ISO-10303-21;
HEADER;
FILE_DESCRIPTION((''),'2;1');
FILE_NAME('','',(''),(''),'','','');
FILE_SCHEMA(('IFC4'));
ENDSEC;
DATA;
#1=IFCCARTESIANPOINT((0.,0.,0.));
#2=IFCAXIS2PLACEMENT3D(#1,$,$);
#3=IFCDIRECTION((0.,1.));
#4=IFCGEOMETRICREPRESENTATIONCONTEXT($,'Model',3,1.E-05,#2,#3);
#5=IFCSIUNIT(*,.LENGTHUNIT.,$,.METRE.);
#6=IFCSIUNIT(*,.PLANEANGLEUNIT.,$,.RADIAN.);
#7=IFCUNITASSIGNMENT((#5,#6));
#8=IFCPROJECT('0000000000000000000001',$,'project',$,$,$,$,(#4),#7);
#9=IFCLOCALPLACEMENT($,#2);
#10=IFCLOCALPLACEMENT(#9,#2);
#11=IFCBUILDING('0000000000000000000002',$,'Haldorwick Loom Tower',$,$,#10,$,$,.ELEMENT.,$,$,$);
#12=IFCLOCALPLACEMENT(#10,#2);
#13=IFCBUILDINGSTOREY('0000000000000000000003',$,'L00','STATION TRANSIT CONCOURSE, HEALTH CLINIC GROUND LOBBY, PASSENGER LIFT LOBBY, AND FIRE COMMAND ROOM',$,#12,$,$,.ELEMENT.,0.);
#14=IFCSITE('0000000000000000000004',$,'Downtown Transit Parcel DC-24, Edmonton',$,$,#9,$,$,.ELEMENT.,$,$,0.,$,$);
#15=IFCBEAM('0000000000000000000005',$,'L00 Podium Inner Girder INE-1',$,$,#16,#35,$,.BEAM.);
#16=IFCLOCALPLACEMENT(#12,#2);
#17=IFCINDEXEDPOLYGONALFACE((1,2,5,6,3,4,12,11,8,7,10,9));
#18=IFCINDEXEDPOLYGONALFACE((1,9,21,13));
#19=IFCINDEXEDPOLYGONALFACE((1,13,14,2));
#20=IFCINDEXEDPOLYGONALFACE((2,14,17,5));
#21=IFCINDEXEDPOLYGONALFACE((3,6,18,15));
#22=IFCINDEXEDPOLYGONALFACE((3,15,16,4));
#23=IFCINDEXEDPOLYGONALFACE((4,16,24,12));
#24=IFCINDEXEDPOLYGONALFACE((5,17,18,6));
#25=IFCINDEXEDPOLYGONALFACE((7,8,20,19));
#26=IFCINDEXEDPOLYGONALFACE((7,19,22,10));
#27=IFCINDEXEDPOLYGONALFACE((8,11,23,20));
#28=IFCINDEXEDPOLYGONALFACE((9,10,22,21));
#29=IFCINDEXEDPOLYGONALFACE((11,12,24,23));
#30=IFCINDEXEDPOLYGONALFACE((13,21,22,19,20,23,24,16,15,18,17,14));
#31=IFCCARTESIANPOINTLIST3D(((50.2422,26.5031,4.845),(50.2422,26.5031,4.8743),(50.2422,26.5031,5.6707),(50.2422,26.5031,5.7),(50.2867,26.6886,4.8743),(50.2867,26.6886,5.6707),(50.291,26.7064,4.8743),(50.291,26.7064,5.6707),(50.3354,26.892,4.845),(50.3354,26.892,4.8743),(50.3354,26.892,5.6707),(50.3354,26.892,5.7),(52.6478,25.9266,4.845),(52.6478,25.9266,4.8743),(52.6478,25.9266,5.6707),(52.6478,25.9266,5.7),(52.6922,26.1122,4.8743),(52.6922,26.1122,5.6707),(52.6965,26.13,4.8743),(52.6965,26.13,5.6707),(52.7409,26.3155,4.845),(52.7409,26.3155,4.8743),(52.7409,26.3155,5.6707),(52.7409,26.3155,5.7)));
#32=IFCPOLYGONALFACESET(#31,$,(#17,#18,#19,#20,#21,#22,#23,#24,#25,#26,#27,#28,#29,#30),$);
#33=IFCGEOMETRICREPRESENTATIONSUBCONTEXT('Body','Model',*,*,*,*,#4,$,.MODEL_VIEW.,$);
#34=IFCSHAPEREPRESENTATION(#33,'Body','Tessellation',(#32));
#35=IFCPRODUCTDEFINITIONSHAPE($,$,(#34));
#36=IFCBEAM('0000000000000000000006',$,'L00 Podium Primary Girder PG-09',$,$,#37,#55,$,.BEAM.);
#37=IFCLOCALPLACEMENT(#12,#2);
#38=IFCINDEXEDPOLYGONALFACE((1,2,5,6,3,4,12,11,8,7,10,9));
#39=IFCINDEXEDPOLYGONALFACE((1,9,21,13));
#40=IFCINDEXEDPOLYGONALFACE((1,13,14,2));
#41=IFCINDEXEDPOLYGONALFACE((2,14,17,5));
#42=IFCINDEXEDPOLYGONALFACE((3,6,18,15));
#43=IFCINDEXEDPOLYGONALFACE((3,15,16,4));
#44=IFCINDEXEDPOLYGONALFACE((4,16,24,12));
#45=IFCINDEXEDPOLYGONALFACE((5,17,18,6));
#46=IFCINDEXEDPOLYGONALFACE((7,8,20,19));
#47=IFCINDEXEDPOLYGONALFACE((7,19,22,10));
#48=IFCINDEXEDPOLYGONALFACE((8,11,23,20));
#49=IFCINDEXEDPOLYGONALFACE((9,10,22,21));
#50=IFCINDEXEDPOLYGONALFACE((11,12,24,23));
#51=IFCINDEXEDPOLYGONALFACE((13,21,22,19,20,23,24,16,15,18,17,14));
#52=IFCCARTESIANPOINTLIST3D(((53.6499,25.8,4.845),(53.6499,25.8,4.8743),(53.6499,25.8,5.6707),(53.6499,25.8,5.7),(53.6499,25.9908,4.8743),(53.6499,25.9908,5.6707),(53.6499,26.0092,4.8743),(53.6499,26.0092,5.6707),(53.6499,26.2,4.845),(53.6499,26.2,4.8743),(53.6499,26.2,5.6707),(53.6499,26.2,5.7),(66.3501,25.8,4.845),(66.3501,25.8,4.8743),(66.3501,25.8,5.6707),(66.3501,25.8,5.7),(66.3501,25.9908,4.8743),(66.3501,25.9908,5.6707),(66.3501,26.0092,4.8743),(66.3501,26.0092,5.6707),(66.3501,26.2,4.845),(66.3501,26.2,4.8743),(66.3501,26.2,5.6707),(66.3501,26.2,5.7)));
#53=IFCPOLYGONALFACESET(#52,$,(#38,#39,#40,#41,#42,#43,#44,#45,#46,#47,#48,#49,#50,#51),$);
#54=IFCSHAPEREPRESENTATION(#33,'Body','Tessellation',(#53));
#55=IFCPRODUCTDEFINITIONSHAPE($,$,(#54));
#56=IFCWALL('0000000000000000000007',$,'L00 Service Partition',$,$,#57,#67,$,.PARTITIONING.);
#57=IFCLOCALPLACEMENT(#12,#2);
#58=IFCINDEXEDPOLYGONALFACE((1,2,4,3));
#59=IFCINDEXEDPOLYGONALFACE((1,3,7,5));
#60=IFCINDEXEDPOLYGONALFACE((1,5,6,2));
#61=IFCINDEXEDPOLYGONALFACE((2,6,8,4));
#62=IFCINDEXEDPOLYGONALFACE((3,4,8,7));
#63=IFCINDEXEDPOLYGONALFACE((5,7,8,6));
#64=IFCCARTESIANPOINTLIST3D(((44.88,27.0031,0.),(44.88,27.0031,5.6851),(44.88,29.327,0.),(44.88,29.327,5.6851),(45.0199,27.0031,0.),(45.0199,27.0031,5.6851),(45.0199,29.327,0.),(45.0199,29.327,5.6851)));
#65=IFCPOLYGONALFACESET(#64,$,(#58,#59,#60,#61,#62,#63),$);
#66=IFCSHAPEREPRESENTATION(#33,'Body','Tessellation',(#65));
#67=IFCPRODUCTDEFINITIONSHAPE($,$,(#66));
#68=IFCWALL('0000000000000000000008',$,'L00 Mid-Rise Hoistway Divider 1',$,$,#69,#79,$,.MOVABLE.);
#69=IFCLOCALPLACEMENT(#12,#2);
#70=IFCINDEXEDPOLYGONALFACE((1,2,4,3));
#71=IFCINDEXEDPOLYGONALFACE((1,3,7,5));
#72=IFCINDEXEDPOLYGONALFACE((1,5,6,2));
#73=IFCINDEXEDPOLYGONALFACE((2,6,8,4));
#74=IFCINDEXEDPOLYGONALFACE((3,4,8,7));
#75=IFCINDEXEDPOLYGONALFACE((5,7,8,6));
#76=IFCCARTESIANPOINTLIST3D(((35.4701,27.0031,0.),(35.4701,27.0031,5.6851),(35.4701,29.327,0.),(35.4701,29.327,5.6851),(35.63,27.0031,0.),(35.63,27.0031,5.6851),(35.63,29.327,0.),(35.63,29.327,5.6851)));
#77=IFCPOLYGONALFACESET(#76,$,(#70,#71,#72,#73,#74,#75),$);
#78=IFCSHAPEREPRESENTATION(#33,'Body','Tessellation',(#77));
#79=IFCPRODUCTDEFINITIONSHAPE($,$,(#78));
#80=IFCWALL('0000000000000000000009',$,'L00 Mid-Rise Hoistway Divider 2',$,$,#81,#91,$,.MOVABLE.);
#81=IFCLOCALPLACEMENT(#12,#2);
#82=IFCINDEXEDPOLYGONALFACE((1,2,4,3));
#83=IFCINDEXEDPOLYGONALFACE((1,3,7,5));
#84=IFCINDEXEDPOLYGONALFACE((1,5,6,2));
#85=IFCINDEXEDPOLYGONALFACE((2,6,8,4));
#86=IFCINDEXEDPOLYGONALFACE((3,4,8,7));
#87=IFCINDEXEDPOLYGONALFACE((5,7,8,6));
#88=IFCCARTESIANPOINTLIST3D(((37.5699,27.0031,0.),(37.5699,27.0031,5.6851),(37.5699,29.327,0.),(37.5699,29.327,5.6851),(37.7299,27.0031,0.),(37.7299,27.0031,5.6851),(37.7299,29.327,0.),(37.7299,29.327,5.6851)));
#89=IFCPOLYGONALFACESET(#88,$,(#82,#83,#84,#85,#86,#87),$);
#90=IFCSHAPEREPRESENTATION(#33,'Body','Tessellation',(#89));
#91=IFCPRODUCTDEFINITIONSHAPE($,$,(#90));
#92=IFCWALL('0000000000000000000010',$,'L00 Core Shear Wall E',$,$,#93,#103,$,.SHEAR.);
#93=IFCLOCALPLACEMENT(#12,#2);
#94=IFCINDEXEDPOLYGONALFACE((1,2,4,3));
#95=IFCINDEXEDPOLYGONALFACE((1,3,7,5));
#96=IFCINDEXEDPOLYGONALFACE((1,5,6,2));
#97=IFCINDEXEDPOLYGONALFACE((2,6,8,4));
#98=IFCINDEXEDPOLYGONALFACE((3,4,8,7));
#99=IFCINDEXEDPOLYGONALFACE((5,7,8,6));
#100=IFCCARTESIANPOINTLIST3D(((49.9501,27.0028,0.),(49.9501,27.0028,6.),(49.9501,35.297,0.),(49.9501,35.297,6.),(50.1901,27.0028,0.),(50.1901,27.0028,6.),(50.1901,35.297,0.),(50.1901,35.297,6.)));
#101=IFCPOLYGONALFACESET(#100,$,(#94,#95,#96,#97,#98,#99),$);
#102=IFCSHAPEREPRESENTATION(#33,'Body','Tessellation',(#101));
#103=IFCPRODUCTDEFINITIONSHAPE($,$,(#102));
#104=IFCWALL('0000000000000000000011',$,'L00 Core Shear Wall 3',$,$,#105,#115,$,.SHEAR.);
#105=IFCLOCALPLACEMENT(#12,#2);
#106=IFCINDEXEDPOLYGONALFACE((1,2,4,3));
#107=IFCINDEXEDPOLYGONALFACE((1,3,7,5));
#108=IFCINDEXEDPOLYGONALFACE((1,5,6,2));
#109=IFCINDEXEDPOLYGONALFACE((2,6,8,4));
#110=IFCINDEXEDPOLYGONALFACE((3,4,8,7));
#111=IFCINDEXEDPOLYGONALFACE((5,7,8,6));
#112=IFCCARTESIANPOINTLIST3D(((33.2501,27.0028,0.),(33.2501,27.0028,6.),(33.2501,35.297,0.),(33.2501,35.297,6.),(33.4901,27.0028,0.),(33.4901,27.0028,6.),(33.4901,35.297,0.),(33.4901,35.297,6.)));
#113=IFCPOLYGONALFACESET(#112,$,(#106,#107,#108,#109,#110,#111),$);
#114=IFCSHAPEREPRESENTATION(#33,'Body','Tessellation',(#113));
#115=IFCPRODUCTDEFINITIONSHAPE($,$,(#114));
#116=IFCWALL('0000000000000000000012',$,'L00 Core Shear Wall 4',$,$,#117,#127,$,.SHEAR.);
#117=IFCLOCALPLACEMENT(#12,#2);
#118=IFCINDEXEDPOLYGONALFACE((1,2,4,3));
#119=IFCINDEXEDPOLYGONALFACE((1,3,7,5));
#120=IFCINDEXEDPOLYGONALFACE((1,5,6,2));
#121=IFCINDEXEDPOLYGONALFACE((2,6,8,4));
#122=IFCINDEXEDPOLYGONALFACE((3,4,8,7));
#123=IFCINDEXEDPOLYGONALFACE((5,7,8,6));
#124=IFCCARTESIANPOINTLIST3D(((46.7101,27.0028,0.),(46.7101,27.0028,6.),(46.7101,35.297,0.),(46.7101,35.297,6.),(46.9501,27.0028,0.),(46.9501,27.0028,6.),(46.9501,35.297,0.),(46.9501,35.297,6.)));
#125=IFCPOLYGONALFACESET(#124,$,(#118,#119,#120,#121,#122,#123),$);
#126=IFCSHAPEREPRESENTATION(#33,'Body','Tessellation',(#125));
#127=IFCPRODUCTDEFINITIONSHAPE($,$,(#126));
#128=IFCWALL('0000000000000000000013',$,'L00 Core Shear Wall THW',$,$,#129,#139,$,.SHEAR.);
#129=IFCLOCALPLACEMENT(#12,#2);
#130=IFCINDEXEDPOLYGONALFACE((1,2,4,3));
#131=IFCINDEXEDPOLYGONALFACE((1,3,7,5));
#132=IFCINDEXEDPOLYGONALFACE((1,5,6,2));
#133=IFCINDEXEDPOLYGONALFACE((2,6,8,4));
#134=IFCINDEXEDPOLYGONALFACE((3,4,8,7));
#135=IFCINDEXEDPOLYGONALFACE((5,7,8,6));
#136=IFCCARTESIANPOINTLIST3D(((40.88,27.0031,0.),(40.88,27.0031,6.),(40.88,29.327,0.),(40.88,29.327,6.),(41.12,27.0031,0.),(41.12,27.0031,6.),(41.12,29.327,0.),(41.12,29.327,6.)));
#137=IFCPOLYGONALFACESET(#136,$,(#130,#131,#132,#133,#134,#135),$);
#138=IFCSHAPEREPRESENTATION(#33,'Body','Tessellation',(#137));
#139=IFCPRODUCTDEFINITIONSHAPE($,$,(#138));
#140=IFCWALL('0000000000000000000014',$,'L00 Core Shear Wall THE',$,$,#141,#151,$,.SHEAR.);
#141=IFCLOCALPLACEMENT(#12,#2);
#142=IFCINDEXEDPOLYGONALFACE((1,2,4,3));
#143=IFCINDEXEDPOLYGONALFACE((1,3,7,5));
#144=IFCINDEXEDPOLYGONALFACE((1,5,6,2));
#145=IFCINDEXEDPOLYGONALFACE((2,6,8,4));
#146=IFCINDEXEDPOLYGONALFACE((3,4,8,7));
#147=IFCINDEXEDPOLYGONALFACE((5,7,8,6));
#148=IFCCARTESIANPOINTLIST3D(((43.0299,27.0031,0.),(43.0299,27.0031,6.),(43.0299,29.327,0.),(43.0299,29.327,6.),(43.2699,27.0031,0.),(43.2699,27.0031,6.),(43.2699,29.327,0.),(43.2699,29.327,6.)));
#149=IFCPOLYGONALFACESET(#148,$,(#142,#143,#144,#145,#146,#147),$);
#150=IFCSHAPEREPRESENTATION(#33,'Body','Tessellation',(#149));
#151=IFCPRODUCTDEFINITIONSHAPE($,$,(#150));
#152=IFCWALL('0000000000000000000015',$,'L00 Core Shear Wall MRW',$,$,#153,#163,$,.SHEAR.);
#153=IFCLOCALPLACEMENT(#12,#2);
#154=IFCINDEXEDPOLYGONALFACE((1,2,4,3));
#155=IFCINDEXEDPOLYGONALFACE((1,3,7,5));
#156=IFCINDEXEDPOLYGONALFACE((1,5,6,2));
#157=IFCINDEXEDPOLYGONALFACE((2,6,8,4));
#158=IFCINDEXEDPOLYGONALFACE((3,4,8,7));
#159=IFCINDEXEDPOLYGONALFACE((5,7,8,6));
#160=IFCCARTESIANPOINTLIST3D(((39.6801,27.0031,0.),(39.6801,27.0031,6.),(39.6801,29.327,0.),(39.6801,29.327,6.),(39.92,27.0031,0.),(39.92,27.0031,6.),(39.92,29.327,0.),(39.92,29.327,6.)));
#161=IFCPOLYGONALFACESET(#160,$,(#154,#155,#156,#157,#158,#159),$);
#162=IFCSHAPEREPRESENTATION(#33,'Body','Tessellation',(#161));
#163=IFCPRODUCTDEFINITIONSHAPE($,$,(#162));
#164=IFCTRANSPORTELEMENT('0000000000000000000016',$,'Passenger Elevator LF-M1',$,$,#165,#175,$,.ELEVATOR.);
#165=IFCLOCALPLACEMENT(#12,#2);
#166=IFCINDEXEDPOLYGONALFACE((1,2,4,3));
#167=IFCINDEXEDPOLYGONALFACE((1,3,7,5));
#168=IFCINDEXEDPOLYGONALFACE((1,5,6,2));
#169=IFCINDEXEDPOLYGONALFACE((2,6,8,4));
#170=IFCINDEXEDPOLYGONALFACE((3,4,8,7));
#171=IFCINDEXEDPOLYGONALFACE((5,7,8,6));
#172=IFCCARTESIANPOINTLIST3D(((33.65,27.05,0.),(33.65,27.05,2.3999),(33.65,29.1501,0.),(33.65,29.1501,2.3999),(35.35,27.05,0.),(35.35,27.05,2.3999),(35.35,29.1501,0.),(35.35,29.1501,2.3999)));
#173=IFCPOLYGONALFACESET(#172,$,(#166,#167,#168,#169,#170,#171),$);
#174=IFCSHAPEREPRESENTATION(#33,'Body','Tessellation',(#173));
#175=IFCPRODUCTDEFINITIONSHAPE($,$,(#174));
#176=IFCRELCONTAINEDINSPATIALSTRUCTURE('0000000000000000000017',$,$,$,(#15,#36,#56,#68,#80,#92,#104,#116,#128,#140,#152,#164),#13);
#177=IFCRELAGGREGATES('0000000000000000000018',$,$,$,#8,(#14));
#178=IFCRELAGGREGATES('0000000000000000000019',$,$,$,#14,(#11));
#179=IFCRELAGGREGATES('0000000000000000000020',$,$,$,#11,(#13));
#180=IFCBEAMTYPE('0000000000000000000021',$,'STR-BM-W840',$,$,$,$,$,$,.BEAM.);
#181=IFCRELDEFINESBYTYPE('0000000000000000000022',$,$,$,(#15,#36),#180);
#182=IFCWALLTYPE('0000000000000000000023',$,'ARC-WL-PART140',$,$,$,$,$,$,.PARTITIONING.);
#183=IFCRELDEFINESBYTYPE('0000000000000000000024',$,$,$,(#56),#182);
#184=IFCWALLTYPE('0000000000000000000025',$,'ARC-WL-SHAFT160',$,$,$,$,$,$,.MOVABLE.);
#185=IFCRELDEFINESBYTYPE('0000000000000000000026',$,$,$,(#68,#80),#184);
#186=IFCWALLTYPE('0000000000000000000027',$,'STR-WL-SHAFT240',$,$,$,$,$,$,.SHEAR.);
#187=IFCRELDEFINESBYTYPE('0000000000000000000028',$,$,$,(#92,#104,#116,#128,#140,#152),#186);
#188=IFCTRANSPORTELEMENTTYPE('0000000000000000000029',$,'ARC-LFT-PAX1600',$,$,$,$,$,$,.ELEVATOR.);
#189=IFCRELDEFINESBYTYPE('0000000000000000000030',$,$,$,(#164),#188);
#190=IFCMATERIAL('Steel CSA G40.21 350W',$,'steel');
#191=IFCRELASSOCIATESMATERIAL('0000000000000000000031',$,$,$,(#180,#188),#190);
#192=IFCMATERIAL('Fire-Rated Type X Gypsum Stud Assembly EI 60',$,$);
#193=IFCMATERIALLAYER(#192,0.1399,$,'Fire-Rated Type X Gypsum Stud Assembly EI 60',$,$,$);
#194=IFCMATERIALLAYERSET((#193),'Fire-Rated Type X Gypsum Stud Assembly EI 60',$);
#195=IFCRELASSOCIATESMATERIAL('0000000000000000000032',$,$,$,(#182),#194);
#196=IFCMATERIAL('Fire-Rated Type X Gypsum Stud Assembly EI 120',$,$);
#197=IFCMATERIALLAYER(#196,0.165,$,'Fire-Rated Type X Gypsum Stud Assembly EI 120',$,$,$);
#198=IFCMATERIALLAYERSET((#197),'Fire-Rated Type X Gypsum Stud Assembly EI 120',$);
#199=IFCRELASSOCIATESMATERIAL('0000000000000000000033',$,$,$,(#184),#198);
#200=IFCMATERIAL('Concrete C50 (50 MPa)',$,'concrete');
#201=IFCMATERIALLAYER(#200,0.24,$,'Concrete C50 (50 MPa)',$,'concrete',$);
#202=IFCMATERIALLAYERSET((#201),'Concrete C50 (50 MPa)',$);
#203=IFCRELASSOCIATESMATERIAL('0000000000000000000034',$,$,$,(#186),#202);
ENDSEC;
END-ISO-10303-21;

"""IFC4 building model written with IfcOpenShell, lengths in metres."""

from ifc_helpers import new_model, si_unit, direction, frame, frame_2d, origin, origin_2d, place, context, subcontext, project, spatial, rectangle, i_section, extrude, material, layer, layer_set, material_profile, profile_set, type_object, element, save


model = new_model("IFC4")

# Units and contexts
model_context = context("Model", 3, precision=1e-05, world=origin(), true_north=direction((0.0, 1.0)))
body_context = subcontext(model_context, "Body", "Model", "MODEL_VIEW")
ifc_project = project(units=[si_unit("LENGTHUNIT", "METRE"), si_unit("PLANEANGLEUNIT", "RADIAN")], contexts=[model_context])

# Site, building, storey
site_placement = place(None, origin())
site = spatial("IfcSite", under=ifc_project, at=site_placement, Name="Downtown Transit Parcel DC-24, Edmonton", CompositionType="ELEMENT", RefElevation=0.0)
building_placement = place(site_placement, origin())
building = spatial("IfcBuilding", under=site, at=building_placement, Name="Haldorwick Loom Tower", CompositionType="ELEMENT")
storey_placement = place(building_placement, origin())
storey = spatial("IfcBuildingStorey", under=building, at=storey_placement, Name="L00", Description="STATION TRANSIT CONCOURSE, HEALTH CLINIC GROUND LOBBY, PASSENGER LIFT LOBBY, AND FIRE COMMAND ROOM", CompositionType="ELEMENT", Elevation=0.0)

# Beams
ifc_material_1 = material(Name="Steel CSA G40.21 350W", Category="steel")
ifc_material_profile_1 = material_profile(ifc_material_1, i_section(OverallWidth=0.3999, OverallDepth=0.855, WebThickness=0.0183, FlangeThickness=0.0293, at=origin_2d()), Name="W840X299", Category="steel")
ifc_profile_set_1 = profile_set([ifc_material_profile_1], Name="Steel CSA G40.21 350W")
beam_type_1 = type_object("IfcBeamType", Name="STR-BM-W840", PredefinedType="BEAM", material=ifc_profile_set_1)
beam_1_placement = place(storey_placement, frame((50.2888, 26.6975, 5.2725), z_axis=(0.972471, -0.233026, 0.0), x_axis=(0.233026, 0.972471, 0.0)))
element("IfcBeam", 1, at=beam_1_placement, inside=storey, type_object=beam_type_1, Name="L00 Podium Inner Girder INE-1", PredefinedType="BEAM", context=body_context, shape_type="SweptSolid", body=[
    extrude(i_section(OverallWidth=0.3999, OverallDepth=0.855, WebThickness=0.0183, FlangeThickness=0.0293, at=origin_2d()), origin(), (0.0, 0.0, 1.0), 2.4736),
])
beam_2_placement = place(storey_placement, frame((53.6499, 26.0, 5.2725), z_axis=(1.0, 0.0, 0.0), x_axis=(0.0, 1.0, 0.0)))
element("IfcBeam", 2, at=beam_2_placement, inside=storey, type_object=beam_type_1, Name="L00 Podium Primary Girder PG-09", PredefinedType="BEAM", context=body_context, shape_type="SweptSolid", body=[
    extrude(i_section(OverallWidth=0.3999, OverallDepth=0.855, WebThickness=0.0183, FlangeThickness=0.0293, at=origin_2d()), origin(), (0.0, 0.0, 1.0), 12.7002),
])

# Walls
ifc_material_2 = material(Name="Fire-Rated Type X Gypsum Stud Assembly EI 60")
ifc_layer_1 = layer(ifc_material_2, 0.1399, Name="Fire-Rated Type X Gypsum Stud Assembly EI 60")
ifc_layer_set_1 = layer_set([ifc_layer_1], Name="Fire-Rated Type X Gypsum Stud Assembly EI 60")
wall_type_1 = type_object("IfcWallType", Name="ARC-WL-PART140", PredefinedType="PARTITIONING", material=ifc_layer_set_1)
wall_placement = place(storey_placement, frame((44.95, 27.0029, 0.0), z_axis=(0.0, 0.0, 1.0), x_axis=(0.0, 1.0, 0.0)))
element("IfcWall", 3, at=wall_placement, inside=storey, type_object=wall_type_1, Name="L00 Service Partition", PredefinedType="PARTITIONING", context=body_context, shape_type="SweptSolid", body=[
    extrude(rectangle(XDim=2.324, YDim=0.1399, at=frame_2d((1.1621, 0.0))), origin(), (0.0, 0.0, 1.0), 5.6851),
])
ifc_material_3 = material(Name="Fire-Rated Type X Gypsum Stud Assembly EI 120")
ifc_layer_2 = layer(ifc_material_3, 0.165, Name="Fire-Rated Type X Gypsum Stud Assembly EI 120")
ifc_layer_set_2 = layer_set([ifc_layer_2], Name="Fire-Rated Type X Gypsum Stud Assembly EI 120")
wall_type_2 = type_object("IfcWallType", Name="ARC-WL-SHAFT160", PredefinedType="MOVABLE", material=ifc_layer_set_2)
for number, where, z_axis, x_axis, name in (
    (4, (35.55, 27.0029, 0.0), (0.0, 0.0, 1.0), (0.0, 1.0, 0.0), "L00 Mid-Rise Hoistway Divider 1"),
    (5, (37.6499, 27.0029, 0.0), (0.0, 0.0, 1.0), (0.0, 1.0, 0.0), "L00 Mid-Rise Hoistway Divider 2"),
):
    element("IfcWall", number, at=place(storey_placement, frame(where, z_axis=z_axis, x_axis=x_axis)), inside=storey, type_object=wall_type_2, Name=name, PredefinedType="MOVABLE", context=body_context, shape_type="SweptSolid", body=[
        extrude(rectangle(XDim=2.324, YDim=0.1599, at=frame_2d((1.1621, 0.0))), origin(), (0.0, 0.0, 1.0), 5.6851),
    ])
ifc_material_4 = material(Name="Concrete C50 (50 MPa)", Category="concrete")
ifc_layer_3 = layer(ifc_material_4, 0.24, Name="Concrete C50 (50 MPa)", Category="concrete")
ifc_layer_set_3 = layer_set([ifc_layer_3], Name="Concrete C50 (50 MPa)")
wall_type_3 = type_object("IfcWallType", Name="STR-WL-SHAFT240", PredefinedType="SHEAR", material=ifc_layer_set_3)
for number, where, z_axis, x_axis, name in (
    (6, (50.0701, 27.0029, 0.0), (0.0, 0.0, 1.0), (0.0, 1.0, 0.0), "L00 Core Shear Wall E"),
    (7, (33.3701, 27.0029, 0.0), (0.0, 0.0, 1.0), (0.0, 1.0, 0.0), "L00 Core Shear Wall 3"),
    (8, (46.8301, 27.0029, 0.0), (0.0, 0.0, 1.0), (0.0, 1.0, 0.0), "L00 Core Shear Wall 4"),
):
    element("IfcWall", number, at=place(storey_placement, frame(where, z_axis=z_axis, x_axis=x_axis)), inside=storey, type_object=wall_type_3, Name=name, PredefinedType="SHEAR", context=body_context, shape_type="SweptSolid", body=[
        extrude(rectangle(XDim=8.2942, YDim=0.24, at=frame_2d((4.147, 0.0))), origin(), (0.0, 0.0, 1.0), 6.0),
    ])
for number, where, z_axis, x_axis, name in (
    (9, (41.0, 27.0029, 0.0), (0.0, 0.0, 1.0), (0.0, 1.0, 0.0), "L00 Core Shear Wall THW"),
    (10, (43.1499, 27.0029, 0.0), (0.0, 0.0, 1.0), (0.0, 1.0, 0.0), "L00 Core Shear Wall THE"),
    (11, (39.8, 27.0029, 0.0), (0.0, 0.0, 1.0), (0.0, 1.0, 0.0), "L00 Core Shear Wall MRW"),
):
    element("IfcWall", number, at=place(storey_placement, frame(where, z_axis=z_axis, x_axis=x_axis)), inside=storey, type_object=wall_type_3, Name=name, PredefinedType="SHEAR", context=body_context, shape_type="SweptSolid", body=[
        extrude(rectangle(XDim=2.324, YDim=0.24, at=frame_2d((1.1621, 0.0))), origin(), (0.0, 0.0, 1.0), 6.0),
    ])

# Transport element
transport_element_type = type_object("IfcTransportElementType", Name="ARC-LFT-PAX1600", PredefinedType="ELEVATOR", material=ifc_material_1)
transport_element_placement = place(storey_placement, frame((34.5, 28.1001, 0.0), z_axis=(0.0, 0.0, 1.0), x_axis=(1.0, 0.0, 0.0)))
element("IfcTransportElement", 12, at=transport_element_placement, inside=storey, type_object=transport_element_type, Name="Passenger Elevator LF-M1", PredefinedType="ELEVATOR", context=body_context, shape_type="SweptSolid", body=[
    extrude(rectangle(XDim=1.7, YDim=2.1001, at=origin_2d()), origin(), (0.0, 0.0, 1.0), 2.3999),
])

save(model, "model.ifc")
